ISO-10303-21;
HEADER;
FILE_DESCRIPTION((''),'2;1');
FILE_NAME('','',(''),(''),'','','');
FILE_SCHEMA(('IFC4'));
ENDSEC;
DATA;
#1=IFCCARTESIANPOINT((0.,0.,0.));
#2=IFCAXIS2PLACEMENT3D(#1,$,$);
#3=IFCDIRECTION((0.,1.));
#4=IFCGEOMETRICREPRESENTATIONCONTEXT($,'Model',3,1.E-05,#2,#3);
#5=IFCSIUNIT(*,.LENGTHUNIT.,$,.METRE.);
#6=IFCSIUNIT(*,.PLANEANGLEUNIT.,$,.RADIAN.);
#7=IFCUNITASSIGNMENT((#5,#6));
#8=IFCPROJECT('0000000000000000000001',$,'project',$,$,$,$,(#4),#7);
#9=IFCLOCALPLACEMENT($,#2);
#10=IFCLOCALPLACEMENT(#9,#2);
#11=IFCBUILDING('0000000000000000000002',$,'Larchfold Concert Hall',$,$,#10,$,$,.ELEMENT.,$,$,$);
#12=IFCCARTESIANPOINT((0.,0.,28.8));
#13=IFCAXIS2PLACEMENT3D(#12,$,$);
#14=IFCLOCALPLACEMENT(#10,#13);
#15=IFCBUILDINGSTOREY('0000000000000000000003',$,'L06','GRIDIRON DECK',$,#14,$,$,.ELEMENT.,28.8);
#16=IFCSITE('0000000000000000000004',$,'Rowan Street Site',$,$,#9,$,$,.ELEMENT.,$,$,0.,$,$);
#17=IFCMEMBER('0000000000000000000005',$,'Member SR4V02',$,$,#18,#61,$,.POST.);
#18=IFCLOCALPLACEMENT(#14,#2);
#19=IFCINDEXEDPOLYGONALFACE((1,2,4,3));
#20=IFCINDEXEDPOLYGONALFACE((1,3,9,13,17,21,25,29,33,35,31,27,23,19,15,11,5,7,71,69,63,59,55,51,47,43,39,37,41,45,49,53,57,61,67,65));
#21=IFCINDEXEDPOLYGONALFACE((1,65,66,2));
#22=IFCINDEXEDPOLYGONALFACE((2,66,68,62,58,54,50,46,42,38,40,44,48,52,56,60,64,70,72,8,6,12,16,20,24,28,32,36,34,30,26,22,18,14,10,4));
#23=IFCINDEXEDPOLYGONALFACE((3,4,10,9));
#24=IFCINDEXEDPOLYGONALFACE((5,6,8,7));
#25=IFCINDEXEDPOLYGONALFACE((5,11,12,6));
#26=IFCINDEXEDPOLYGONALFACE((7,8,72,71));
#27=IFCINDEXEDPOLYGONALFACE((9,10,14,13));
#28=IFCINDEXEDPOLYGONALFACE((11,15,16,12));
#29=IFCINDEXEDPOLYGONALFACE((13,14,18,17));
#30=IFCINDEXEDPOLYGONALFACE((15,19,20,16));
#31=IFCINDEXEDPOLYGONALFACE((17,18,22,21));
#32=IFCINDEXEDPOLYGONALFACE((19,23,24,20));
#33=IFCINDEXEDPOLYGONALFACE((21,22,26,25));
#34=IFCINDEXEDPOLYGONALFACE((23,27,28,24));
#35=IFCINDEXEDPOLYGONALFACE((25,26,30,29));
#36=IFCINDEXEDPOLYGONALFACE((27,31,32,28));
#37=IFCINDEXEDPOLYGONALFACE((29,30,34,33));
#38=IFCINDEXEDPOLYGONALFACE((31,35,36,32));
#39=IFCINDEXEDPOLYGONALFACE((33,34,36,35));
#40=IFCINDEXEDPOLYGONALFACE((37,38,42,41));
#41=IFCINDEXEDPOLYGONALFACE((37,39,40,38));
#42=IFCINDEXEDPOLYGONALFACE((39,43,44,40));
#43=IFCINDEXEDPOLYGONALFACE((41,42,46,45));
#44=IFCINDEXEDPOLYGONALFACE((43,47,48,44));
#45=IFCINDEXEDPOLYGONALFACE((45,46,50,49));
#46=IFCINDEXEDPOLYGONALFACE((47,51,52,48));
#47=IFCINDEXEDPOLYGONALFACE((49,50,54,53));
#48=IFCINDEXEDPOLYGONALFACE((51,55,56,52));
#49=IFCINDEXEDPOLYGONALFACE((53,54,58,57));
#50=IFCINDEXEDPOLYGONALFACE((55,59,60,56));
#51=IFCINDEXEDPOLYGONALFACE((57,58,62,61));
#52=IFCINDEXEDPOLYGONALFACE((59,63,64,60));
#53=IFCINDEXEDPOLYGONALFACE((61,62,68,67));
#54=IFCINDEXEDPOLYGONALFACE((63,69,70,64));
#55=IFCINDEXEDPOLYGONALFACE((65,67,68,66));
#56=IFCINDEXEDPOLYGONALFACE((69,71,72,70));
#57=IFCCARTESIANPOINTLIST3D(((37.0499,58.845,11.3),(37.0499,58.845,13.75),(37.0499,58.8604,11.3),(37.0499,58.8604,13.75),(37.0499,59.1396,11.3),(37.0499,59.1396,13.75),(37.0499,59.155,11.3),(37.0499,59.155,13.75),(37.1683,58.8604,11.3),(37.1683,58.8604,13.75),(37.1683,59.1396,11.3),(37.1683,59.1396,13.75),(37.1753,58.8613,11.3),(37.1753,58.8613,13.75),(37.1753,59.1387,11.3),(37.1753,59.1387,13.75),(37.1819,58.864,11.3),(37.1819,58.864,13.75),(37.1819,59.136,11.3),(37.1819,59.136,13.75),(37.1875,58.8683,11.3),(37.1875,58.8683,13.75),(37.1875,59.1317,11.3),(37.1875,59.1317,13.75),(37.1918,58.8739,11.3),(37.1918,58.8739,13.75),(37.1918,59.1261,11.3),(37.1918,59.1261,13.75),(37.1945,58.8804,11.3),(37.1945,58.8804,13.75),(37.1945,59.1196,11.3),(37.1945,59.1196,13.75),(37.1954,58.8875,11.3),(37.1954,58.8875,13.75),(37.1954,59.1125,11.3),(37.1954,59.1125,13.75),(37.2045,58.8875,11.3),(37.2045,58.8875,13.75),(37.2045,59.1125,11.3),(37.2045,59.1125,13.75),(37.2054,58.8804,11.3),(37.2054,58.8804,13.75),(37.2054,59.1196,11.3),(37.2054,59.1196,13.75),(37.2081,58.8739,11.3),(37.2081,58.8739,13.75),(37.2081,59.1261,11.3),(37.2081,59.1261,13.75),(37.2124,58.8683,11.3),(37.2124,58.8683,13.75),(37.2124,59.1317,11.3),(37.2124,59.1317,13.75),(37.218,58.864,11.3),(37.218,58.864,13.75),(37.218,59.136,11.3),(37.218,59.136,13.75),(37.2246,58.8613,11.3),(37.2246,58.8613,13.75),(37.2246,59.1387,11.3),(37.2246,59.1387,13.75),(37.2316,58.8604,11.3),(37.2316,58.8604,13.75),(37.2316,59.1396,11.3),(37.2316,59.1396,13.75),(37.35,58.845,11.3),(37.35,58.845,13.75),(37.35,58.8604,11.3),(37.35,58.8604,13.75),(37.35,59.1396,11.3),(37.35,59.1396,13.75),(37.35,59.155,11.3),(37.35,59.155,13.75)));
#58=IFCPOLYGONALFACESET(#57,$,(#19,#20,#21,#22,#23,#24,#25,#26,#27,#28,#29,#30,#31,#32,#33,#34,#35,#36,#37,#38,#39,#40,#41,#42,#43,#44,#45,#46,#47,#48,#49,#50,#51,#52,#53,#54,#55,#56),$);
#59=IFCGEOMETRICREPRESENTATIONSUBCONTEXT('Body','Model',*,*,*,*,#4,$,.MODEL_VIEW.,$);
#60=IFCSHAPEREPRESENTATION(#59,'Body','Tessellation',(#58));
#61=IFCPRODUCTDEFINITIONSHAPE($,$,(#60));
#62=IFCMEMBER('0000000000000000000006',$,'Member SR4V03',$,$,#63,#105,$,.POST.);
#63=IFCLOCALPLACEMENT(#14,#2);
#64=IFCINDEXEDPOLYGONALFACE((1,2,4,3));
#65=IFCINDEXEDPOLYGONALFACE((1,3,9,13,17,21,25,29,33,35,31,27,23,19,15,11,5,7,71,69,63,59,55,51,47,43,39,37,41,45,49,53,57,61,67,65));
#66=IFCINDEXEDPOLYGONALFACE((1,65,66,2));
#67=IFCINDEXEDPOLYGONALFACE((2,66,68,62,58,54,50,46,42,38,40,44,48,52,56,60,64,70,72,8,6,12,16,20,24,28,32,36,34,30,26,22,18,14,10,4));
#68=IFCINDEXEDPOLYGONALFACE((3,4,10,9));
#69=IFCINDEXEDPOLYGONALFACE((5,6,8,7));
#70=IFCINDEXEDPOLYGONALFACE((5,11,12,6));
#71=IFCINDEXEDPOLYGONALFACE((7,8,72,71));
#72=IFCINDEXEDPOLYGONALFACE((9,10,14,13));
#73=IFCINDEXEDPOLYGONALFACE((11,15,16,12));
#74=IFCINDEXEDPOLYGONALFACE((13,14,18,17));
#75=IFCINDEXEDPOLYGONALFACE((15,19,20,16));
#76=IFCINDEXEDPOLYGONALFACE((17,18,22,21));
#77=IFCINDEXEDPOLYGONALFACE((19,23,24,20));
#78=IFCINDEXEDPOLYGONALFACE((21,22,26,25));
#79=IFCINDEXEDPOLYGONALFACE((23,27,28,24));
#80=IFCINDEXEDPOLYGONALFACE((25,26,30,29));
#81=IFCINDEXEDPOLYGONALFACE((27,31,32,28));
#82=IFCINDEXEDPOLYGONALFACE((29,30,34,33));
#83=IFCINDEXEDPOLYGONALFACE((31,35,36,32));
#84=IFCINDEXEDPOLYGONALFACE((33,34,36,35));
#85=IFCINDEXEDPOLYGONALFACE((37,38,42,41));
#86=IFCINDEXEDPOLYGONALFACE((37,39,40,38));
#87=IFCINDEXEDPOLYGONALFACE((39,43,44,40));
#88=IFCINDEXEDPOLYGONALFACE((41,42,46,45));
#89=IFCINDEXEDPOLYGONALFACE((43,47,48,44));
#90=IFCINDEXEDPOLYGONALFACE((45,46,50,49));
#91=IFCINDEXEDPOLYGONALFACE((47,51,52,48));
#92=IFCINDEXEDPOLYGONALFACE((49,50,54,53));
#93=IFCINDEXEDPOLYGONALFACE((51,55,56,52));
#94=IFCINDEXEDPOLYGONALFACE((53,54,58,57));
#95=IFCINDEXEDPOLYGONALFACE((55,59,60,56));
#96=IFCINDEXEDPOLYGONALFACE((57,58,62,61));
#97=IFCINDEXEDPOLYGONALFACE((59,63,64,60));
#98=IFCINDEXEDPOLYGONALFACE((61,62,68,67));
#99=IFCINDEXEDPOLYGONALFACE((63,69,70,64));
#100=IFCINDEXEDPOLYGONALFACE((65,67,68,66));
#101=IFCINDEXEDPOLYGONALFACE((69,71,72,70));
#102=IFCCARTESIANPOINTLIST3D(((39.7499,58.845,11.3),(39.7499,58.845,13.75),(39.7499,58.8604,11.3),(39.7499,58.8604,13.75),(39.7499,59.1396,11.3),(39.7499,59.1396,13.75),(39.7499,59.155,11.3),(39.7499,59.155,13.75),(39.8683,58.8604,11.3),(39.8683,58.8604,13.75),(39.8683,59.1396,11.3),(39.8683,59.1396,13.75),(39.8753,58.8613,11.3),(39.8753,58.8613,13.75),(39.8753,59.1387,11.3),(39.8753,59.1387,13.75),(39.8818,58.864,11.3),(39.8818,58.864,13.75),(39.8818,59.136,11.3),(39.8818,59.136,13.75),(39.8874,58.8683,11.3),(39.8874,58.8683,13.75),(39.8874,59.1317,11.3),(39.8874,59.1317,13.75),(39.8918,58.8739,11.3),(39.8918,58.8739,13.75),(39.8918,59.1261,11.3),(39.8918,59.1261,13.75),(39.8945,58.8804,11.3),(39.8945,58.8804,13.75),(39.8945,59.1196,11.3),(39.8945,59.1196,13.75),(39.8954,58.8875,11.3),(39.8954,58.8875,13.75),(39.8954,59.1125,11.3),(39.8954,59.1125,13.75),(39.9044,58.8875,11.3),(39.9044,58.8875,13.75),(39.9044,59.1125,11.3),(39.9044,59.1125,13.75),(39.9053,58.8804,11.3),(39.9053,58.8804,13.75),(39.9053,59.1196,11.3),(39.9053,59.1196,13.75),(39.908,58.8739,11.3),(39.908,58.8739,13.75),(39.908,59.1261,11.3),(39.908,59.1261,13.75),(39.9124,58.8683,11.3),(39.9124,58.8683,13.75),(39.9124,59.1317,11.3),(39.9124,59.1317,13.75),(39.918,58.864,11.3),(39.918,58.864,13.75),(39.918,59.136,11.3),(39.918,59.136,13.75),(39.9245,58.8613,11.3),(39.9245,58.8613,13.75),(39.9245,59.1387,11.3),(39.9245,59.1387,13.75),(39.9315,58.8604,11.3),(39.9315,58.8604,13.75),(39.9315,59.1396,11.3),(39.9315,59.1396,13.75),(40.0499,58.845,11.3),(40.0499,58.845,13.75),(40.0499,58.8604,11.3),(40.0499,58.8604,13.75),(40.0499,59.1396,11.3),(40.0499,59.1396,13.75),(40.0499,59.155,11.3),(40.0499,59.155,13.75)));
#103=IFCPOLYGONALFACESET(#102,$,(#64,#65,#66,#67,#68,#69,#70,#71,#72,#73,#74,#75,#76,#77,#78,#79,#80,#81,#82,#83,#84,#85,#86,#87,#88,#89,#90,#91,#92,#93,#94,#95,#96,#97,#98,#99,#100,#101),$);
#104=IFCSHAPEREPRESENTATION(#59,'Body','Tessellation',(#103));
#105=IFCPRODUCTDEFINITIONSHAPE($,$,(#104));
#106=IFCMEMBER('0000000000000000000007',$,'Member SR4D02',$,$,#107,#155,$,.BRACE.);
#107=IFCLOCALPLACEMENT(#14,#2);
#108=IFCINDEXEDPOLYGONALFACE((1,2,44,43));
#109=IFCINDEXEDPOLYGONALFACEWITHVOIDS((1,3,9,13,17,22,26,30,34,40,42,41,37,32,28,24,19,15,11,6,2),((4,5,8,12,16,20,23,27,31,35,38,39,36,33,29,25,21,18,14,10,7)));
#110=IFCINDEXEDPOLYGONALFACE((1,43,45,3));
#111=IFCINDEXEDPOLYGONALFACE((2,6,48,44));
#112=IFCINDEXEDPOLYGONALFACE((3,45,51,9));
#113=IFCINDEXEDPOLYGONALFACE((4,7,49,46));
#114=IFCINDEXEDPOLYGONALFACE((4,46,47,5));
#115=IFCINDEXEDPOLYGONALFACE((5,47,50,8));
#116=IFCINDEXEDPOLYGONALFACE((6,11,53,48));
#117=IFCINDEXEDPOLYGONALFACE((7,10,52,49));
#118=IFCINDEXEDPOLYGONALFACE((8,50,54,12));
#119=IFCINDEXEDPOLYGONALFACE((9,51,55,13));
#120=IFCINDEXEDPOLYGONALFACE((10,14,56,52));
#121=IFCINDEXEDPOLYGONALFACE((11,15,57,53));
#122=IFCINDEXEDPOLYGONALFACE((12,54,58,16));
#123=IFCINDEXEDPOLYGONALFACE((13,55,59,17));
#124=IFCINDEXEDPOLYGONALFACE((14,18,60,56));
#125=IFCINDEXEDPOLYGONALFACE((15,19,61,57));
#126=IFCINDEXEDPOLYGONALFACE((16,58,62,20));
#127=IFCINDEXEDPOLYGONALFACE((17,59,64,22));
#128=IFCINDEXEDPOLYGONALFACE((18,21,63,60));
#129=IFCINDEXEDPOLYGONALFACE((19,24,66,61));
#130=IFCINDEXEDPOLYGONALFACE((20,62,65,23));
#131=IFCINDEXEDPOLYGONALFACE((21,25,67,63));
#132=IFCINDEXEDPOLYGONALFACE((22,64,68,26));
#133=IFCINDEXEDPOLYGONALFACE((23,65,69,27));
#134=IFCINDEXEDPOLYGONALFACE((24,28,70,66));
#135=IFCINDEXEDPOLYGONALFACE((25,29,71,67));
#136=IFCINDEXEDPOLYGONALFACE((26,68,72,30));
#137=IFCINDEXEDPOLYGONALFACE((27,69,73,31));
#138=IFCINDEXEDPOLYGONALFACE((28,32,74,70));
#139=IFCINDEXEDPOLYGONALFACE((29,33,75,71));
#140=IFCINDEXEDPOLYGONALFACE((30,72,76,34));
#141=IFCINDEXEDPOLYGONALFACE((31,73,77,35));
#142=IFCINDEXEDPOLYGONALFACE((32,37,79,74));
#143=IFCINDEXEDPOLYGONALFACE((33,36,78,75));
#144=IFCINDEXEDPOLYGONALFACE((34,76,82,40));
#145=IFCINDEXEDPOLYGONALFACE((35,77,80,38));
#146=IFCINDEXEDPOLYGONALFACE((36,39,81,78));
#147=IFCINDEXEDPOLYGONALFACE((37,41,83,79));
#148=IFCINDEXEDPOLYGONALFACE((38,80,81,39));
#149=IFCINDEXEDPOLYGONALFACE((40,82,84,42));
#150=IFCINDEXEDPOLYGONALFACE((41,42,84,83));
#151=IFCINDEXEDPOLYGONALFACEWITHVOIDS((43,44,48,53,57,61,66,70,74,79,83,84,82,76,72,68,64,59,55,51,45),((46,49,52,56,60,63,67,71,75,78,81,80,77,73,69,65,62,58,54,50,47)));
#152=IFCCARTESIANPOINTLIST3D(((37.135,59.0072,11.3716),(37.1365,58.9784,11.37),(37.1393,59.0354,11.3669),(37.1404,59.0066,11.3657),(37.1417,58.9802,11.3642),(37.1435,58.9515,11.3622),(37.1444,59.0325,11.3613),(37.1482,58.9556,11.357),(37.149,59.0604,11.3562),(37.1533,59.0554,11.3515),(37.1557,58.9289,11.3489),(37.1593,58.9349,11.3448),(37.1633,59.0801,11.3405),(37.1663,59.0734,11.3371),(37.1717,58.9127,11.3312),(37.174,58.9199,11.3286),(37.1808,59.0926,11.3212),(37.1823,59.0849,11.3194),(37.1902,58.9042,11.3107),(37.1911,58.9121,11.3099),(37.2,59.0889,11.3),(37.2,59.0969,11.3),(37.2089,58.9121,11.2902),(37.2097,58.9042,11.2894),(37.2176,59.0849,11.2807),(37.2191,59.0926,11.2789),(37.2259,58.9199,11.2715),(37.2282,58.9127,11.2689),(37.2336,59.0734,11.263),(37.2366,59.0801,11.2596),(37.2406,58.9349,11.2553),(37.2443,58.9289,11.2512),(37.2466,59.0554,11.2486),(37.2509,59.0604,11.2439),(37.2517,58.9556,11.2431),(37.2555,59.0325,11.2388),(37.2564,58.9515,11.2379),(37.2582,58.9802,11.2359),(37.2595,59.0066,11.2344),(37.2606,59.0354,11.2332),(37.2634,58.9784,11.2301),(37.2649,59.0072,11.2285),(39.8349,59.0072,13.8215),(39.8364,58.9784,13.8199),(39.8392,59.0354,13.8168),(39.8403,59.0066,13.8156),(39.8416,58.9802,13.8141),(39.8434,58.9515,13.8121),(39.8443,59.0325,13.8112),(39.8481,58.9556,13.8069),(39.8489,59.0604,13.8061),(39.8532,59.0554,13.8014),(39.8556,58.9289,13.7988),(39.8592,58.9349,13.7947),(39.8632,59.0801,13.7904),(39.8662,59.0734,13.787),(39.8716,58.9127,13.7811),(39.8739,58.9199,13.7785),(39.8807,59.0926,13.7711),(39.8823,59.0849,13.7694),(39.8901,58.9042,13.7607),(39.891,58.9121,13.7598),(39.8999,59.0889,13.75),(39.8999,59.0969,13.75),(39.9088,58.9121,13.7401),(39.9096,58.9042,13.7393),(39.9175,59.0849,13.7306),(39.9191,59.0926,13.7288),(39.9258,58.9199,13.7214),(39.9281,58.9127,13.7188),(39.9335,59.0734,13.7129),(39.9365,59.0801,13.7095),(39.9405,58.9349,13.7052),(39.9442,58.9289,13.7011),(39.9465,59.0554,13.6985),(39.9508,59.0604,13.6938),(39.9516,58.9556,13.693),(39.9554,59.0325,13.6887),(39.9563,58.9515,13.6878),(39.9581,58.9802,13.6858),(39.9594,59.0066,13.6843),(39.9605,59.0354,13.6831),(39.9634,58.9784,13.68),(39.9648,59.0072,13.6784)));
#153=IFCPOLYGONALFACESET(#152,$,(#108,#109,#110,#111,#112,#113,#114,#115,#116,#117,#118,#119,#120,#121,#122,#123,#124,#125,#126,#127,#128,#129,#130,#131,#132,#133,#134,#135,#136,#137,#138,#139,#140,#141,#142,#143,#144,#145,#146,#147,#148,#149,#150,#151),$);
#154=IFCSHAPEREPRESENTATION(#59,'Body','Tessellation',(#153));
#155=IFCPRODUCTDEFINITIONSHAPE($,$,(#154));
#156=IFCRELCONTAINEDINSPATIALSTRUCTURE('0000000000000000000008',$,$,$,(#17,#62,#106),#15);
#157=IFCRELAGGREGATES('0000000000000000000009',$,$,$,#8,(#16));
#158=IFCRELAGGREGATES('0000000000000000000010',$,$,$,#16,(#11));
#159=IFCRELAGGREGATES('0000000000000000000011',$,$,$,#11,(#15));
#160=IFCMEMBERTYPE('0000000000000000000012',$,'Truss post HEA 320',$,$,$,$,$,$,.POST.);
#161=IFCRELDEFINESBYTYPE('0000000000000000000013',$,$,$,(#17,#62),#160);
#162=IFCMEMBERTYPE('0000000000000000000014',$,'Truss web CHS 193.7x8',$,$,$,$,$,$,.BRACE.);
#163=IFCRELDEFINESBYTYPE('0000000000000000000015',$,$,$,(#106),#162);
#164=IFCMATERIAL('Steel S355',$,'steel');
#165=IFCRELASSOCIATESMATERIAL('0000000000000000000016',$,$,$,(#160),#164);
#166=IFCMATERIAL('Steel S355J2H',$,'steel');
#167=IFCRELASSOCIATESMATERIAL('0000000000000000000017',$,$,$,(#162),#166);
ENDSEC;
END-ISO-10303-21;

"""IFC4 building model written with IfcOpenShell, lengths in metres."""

from ifc_helpers import new_model, si_unit, direction, frame, origin, origin_2d, place, context, subcontext, project, spatial, hollow_circle, i_section, extrude, material, material_profile, profile_set, type_object, element, save


model = new_model("IFC4")

# Units and contexts
model_context = context("Model", 3, precision=1e-05, world=origin(), true_north=direction((0.0, 1.0)))
body_context = subcontext(model_context, "Body", "Model", "MODEL_VIEW")
ifc_project = project(units=[si_unit("LENGTHUNIT", "METRE"), si_unit("PLANEANGLEUNIT", "RADIAN")], contexts=[model_context])

# Site, building, storey
site_placement = place(None, origin())
site = spatial("IfcSite", under=ifc_project, at=site_placement, Name="Rowan Street Site", CompositionType="ELEMENT", RefElevation=0.0)
building_placement = place(site_placement, origin())
building = spatial("IfcBuilding", under=site, at=building_placement, Name="Larchfold Concert Hall", CompositionType="ELEMENT")
storey_placement = place(building_placement, frame((0.0, 0.0, 28.8)))
storey = spatial("IfcBuildingStorey", under=building, at=storey_placement, Name="L06", Description="GRIDIRON DECK", CompositionType="ELEMENT", Elevation=28.8)

# Members
ifc_material_1 = material(Name="Steel S355", Category="steel")
ifc_material_profile_1 = material_profile(ifc_material_1, i_section(OverallWidth=0.3, OverallDepth=0.3101, WebThickness=0.009, FlangeThickness=0.0154, FilletRadius=0.0271, at=origin_2d()))
ifc_profile_set_1 = profile_set([ifc_material_profile_1], Name="Steel S355")
member_type_1 = type_object("IfcMemberType", Name="Truss post HEA 320", PredefinedType="POST", material=ifc_profile_set_1)
for number, where, z_axis, x_axis, name in (
    (1, (37.2, 59.0, 11.3), (0.0, 0.0, 1.0), (1.0, 0.0, 0.0), "Member SR4V02"),
    (2, (39.8999, 59.0, 11.3), (0.0, 0.0, 1.0), (1.0, 0.0, 0.0), "Member SR4V03"),
):
    element("IfcMember", number, at=place(storey_placement, frame(where, z_axis=z_axis, x_axis=x_axis)), inside=storey, type_object=member_type_1, Name=name, PredefinedType="POST", context=body_context, shape_type="SweptSolid", body=[
        extrude(i_section(OverallWidth=0.3, OverallDepth=0.3101, WebThickness=0.009, FlangeThickness=0.0154, FilletRadius=0.0271, at=origin_2d()), origin(), (0.0, 0.0, 1.0), 2.45),
    ])
ifc_material_2 = material(Name="Steel S355J2H", Category="steel")
ifc_material_profile_2 = material_profile(ifc_material_2, hollow_circle(Radius=0.0969, WallThickness=0.0081, at=origin_2d()))
ifc_profile_set_2 = profile_set([ifc_material_profile_2], Name="Steel S355J2H")
member_type_2 = type_object("IfcMemberType", Name="Truss web CHS 193.7x8", PredefinedType="BRACE", material=ifc_profile_set_2)
member_1_placement = place(storey_placement, frame((37.2, 59.0, 11.3), z_axis=(0.740561, 0.0, 0.671989), x_axis=(0.0, 1.0, 0.0)))
element("IfcMember", 3, at=member_1_placement, inside=storey, type_object=member_type_2, Name="Member SR4D02", PredefinedType="BRACE", context=body_context, shape_type="SweptSolid", body=[
    extrude(hollow_circle(Radius=0.0969, WallThickness=0.0081, at=origin_2d()), origin(), (0.0, 0.0, 1.0), 3.6458),
])

save(model, "model.ifc")
